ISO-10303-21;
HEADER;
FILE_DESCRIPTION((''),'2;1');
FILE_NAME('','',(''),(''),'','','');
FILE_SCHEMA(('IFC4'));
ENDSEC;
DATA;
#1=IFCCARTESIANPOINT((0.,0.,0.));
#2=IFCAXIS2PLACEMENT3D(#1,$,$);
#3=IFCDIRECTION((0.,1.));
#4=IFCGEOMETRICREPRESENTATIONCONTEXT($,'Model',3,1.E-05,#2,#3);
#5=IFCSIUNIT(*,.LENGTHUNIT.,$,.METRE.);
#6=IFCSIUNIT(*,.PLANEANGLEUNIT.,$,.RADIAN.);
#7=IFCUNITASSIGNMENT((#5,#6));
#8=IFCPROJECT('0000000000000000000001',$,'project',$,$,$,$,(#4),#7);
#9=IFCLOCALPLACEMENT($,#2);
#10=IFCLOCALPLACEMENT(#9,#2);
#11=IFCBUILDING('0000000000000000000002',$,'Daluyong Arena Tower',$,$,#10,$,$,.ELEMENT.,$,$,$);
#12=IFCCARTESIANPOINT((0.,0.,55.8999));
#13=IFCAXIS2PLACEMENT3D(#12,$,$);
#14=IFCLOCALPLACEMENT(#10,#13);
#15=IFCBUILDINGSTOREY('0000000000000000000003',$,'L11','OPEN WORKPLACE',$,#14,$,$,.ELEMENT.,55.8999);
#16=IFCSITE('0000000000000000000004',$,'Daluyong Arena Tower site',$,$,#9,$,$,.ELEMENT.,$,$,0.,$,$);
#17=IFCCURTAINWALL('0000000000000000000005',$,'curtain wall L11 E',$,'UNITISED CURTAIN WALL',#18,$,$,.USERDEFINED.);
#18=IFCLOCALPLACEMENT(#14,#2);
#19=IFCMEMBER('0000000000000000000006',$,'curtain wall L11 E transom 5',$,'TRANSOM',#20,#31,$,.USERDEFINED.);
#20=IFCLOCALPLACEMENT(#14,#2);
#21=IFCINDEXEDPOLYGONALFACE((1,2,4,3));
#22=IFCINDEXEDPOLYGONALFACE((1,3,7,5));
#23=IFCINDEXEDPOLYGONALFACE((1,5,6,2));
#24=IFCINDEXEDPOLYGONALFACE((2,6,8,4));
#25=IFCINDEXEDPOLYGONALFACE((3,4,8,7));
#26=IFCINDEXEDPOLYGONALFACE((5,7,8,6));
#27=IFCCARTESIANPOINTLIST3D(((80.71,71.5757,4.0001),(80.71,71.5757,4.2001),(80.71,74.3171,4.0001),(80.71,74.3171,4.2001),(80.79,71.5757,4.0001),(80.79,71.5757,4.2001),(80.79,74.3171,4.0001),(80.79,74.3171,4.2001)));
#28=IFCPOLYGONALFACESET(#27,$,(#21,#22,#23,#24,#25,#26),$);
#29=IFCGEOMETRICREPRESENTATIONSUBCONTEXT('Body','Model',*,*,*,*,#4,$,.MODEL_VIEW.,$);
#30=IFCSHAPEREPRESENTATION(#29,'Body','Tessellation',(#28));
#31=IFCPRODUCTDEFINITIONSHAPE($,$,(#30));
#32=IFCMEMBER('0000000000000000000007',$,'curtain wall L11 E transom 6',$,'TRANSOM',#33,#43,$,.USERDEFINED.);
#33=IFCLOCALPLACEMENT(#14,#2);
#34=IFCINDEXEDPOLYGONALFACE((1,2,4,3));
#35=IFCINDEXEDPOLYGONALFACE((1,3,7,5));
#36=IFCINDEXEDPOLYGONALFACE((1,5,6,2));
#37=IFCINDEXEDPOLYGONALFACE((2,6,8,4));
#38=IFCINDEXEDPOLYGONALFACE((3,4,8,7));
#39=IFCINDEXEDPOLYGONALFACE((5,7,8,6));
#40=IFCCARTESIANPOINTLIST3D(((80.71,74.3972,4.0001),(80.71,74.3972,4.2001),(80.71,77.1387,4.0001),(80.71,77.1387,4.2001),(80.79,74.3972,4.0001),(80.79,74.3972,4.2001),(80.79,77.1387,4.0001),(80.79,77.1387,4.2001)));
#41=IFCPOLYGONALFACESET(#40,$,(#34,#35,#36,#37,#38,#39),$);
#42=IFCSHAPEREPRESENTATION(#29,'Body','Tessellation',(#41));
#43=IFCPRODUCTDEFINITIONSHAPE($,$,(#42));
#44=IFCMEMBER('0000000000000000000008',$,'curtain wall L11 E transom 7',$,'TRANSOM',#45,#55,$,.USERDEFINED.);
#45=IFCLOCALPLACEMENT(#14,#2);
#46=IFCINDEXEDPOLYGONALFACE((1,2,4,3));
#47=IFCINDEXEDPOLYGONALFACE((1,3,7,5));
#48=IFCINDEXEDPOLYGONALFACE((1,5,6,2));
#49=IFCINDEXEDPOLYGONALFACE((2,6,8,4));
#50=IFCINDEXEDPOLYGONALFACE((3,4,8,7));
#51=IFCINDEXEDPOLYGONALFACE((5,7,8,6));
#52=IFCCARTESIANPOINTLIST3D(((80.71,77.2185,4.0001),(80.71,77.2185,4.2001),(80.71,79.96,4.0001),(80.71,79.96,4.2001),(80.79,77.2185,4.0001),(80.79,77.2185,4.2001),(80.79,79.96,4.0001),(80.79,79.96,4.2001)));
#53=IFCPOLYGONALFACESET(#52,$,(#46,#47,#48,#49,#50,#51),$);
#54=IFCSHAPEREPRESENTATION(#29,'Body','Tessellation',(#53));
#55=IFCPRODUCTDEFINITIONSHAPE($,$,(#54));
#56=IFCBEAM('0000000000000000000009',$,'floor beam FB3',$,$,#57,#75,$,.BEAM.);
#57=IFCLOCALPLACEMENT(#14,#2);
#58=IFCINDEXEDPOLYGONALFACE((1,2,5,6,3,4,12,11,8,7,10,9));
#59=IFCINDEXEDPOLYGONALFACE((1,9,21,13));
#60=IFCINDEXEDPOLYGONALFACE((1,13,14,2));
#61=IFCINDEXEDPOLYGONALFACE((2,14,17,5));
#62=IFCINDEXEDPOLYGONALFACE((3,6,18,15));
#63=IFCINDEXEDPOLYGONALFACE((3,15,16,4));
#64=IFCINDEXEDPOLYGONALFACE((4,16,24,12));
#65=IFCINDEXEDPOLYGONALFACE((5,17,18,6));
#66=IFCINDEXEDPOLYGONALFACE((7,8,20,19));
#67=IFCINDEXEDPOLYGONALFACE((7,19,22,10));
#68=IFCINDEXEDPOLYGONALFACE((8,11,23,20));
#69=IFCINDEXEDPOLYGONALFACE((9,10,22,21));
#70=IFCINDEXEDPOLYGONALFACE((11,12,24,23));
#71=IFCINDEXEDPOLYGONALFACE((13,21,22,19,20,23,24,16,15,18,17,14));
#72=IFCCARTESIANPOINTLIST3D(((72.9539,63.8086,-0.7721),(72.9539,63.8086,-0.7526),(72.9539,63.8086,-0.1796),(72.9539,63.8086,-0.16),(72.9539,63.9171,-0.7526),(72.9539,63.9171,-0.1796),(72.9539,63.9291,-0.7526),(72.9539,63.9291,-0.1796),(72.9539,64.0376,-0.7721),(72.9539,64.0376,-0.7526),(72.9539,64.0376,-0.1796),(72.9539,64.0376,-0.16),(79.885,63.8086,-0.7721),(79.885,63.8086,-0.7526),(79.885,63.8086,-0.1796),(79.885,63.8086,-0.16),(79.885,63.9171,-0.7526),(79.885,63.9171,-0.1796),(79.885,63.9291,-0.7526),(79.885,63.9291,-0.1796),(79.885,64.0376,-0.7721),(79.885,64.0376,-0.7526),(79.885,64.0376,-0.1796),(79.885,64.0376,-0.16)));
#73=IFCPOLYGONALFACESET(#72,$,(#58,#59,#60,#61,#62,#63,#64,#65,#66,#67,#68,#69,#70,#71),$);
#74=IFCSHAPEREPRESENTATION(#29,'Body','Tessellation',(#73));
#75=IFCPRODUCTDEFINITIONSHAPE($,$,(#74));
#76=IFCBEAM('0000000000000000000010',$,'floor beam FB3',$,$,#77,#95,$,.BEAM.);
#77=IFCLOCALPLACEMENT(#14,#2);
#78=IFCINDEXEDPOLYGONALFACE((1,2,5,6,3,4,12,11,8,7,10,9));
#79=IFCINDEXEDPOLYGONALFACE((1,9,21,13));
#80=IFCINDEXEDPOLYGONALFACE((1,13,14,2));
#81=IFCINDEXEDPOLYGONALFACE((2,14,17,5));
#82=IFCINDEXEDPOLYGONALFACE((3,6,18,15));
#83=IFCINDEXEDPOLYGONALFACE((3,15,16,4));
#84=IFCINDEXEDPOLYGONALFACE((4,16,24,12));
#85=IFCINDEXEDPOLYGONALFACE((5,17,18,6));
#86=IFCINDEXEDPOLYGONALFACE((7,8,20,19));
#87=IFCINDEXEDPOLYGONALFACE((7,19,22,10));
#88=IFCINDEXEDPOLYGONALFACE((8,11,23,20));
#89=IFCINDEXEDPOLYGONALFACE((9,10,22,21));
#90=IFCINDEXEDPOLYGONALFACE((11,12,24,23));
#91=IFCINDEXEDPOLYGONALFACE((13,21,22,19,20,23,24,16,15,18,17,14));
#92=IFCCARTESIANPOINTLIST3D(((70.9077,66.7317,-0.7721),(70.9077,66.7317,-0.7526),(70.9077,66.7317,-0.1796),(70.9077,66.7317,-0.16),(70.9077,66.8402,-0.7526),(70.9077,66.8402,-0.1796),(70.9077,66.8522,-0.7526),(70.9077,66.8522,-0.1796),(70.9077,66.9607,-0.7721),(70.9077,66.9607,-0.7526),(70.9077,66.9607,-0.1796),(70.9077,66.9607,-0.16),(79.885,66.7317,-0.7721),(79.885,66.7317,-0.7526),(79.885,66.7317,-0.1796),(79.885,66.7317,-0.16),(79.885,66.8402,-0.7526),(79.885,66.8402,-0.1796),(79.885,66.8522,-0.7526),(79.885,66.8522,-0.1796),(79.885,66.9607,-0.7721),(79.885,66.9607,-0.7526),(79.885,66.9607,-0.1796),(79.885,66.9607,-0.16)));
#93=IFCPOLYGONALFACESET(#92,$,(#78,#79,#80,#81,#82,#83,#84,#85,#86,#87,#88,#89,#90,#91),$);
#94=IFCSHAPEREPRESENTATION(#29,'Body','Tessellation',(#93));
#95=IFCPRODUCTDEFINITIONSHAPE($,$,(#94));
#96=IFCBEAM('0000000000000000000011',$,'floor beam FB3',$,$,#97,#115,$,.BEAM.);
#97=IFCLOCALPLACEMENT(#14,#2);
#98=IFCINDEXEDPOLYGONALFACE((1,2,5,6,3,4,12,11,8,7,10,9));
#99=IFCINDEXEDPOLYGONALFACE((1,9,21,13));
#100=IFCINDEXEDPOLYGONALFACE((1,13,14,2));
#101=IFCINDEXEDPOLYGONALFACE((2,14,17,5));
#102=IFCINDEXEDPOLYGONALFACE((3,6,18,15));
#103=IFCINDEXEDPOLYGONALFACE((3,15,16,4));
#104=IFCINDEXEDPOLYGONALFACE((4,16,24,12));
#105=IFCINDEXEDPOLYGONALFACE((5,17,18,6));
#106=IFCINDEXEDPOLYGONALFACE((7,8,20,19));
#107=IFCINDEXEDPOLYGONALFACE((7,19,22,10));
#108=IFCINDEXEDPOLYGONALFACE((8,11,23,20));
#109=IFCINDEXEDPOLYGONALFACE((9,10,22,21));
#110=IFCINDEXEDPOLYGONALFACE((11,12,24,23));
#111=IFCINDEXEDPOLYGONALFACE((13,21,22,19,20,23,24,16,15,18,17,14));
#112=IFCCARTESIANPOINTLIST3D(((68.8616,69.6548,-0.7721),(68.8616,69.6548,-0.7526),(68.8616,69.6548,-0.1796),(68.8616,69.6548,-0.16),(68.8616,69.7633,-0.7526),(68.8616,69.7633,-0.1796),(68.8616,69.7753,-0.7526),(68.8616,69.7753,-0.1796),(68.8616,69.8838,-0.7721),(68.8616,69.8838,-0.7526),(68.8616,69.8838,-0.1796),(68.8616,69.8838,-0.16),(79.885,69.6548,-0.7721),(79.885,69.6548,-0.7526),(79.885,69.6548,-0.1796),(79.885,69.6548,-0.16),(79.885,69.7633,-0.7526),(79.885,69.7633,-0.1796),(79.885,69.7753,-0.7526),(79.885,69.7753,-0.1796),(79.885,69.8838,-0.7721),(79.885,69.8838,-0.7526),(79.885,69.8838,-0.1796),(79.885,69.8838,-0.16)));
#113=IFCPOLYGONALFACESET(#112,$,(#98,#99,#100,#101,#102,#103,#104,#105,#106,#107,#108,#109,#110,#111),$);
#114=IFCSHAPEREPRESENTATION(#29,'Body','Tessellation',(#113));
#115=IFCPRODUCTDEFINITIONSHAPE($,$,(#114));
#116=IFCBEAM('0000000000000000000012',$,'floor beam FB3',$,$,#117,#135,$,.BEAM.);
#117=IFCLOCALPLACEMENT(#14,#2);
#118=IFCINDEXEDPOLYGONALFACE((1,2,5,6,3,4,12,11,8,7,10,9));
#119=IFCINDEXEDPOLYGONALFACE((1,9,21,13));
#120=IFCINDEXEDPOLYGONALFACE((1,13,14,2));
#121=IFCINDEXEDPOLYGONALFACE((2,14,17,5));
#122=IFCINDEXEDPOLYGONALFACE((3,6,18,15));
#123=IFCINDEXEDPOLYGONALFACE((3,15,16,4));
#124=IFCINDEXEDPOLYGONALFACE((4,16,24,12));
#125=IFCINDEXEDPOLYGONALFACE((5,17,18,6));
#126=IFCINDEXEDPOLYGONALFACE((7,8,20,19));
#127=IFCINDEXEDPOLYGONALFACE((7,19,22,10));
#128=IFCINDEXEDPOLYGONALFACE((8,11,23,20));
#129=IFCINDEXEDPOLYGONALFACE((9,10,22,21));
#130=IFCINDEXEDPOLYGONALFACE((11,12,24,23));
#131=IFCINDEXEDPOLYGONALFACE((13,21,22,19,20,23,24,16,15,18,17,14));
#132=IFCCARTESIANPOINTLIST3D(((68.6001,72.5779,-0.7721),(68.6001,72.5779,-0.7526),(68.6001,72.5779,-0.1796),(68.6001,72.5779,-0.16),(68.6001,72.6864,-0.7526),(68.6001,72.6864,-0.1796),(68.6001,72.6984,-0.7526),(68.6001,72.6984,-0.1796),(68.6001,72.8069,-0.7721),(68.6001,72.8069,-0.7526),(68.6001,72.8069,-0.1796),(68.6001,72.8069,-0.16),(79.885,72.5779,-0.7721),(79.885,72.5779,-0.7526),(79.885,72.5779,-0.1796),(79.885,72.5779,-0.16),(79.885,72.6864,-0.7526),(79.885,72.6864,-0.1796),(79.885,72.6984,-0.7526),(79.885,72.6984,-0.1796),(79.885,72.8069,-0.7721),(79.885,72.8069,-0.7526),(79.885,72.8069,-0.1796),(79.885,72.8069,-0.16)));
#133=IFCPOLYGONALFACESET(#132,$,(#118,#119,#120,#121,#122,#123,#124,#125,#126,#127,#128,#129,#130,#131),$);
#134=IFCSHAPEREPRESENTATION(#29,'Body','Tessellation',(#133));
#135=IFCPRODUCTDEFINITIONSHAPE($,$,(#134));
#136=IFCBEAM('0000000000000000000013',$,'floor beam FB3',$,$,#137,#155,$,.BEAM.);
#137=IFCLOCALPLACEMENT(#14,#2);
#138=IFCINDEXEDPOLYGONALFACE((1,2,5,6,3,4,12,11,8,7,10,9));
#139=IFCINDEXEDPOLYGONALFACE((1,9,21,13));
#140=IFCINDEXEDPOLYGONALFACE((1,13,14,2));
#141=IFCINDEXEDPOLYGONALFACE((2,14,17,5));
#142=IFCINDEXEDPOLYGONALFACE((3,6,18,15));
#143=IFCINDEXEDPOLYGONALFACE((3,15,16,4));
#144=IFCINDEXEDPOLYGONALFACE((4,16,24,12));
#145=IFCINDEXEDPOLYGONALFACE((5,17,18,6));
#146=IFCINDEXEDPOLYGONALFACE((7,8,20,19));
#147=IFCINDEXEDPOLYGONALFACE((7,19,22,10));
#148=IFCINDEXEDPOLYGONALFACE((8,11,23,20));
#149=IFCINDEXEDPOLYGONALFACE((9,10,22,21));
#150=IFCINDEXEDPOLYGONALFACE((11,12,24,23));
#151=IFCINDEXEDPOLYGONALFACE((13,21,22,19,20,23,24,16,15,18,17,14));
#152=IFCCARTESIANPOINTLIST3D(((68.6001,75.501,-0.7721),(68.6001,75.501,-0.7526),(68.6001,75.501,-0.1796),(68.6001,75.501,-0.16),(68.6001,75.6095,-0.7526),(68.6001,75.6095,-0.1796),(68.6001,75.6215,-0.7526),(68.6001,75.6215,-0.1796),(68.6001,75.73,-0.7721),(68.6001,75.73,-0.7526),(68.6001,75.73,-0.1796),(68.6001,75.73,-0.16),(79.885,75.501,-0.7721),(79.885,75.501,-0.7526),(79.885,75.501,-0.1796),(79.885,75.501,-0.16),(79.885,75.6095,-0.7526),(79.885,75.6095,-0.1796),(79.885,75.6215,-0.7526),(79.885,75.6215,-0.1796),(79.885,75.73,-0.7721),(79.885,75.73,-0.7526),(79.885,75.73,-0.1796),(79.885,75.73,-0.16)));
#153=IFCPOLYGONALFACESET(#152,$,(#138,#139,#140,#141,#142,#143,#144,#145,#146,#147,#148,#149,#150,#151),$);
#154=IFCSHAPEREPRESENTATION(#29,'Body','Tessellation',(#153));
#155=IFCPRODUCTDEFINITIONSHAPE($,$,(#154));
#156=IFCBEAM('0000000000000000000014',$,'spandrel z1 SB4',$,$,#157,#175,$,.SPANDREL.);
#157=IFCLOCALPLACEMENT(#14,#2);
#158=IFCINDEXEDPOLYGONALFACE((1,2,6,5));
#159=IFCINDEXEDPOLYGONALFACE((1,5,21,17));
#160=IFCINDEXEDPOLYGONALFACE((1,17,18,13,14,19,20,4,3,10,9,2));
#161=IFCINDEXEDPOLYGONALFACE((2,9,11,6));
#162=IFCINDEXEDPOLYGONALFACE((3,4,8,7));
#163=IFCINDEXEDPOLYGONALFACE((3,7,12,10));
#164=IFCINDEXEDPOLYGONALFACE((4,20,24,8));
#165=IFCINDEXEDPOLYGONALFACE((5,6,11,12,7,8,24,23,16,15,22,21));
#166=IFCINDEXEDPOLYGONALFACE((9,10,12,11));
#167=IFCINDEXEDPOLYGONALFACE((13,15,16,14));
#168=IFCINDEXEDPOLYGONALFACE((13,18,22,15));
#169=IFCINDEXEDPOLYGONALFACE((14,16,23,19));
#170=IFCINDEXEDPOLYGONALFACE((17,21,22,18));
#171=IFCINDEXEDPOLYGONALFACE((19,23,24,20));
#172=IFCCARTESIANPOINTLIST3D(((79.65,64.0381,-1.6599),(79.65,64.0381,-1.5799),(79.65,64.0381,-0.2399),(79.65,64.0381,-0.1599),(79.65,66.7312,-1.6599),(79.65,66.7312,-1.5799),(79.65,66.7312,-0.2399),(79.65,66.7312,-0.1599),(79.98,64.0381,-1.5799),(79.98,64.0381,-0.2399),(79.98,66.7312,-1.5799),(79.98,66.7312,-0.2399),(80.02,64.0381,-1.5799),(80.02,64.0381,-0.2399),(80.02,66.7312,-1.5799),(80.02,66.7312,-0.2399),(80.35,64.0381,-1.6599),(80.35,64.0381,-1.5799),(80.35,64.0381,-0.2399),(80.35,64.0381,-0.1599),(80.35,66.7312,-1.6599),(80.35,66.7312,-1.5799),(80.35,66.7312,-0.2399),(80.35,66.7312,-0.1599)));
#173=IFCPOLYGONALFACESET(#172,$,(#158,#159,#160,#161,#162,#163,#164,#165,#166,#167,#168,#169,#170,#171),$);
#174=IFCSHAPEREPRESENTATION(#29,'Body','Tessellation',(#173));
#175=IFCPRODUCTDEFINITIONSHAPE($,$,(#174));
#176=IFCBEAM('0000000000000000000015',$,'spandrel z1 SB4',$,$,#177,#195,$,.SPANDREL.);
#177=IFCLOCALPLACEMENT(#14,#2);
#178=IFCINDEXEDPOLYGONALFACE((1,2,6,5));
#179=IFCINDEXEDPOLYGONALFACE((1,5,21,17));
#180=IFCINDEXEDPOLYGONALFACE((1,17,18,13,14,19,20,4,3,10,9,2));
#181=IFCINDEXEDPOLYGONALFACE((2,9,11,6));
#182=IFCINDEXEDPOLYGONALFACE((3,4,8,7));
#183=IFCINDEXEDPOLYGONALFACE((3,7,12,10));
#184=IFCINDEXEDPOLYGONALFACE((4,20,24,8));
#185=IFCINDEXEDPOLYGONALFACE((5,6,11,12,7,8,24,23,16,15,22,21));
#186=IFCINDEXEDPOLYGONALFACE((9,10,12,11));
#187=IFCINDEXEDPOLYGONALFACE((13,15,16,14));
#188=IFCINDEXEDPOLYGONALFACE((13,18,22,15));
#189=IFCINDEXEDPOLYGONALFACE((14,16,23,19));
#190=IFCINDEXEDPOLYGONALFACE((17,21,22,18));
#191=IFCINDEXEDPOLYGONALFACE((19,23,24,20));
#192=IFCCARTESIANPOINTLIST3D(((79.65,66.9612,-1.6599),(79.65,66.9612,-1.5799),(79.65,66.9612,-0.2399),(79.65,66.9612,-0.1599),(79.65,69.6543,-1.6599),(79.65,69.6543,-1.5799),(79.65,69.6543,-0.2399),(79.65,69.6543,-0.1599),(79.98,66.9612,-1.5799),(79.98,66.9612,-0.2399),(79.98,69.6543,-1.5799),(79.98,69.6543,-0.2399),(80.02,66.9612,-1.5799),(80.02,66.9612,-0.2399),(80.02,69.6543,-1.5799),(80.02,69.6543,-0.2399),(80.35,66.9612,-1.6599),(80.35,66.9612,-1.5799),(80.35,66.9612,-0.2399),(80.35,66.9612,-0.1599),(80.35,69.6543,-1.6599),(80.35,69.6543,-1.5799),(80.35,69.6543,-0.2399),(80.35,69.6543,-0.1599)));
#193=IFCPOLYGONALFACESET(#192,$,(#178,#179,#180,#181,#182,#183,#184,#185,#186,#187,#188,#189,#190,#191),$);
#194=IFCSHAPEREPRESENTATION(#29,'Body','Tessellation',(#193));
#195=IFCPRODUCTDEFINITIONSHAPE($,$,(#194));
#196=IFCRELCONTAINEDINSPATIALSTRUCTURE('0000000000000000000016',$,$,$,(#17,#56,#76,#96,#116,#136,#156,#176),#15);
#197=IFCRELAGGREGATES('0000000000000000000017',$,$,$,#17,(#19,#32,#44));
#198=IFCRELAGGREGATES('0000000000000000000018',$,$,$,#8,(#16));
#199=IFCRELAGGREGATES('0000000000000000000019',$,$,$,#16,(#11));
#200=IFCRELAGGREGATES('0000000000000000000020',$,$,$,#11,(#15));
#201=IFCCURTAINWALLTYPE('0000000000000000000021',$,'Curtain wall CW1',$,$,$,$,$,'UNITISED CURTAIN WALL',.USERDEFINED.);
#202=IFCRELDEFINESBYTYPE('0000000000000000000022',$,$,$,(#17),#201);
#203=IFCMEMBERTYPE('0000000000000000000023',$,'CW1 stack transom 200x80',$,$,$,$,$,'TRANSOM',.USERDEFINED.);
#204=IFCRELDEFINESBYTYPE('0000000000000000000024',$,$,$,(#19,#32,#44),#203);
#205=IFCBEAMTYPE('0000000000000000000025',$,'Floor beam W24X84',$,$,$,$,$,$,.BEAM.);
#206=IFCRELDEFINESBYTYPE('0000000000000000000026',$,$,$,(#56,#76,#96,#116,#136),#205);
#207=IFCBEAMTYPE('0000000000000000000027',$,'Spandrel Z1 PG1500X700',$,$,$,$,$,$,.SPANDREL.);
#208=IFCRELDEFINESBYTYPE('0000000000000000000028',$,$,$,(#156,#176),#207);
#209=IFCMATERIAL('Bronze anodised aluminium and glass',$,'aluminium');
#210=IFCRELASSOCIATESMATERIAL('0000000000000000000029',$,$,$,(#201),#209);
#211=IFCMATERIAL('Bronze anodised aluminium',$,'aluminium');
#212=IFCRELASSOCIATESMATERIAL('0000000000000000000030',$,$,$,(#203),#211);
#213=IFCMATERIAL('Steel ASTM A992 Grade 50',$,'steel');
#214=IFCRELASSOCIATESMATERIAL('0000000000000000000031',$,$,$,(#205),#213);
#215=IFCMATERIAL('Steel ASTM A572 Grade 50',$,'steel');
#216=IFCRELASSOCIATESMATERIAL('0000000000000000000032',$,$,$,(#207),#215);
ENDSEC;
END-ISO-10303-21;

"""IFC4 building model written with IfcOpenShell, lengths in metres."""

from ifc_helpers import new_model, si_unit, direction, frame, origin, origin_2d, place, context, subcontext, project, spatial, rectangle, i_section, extrude, material, material_profile, profile_set, type_object, element, aggregate, save


model = new_model("IFC4")

# Units and contexts
model_context = context("Model", 3, precision=1e-05, world=origin(), true_north=direction((0.0, 1.0)))
body_context = subcontext(model_context, "Body", "Model", "MODEL_VIEW")
ifc_project = project(units=[si_unit("LENGTHUNIT", "METRE"), si_unit("PLANEANGLEUNIT", "RADIAN")], contexts=[model_context])

# Site, building, storey
site_placement = place(None, origin())
site = spatial("IfcSite", under=ifc_project, at=site_placement, Name="Daluyong Arena Tower site", CompositionType="ELEMENT", RefElevation=0.0)
building_placement = place(site_placement, origin())
building = spatial("IfcBuilding", under=site, at=building_placement, Name="Daluyong Arena Tower", CompositionType="ELEMENT")
storey_placement = place(building_placement, frame((0.0, 0.0, 55.8999)))
storey = spatial("IfcBuildingStorey", under=building, at=storey_placement, Name="L11", Description="OPEN WORKPLACE", CompositionType="ELEMENT", Elevation=55.8999)

# Curtain wall, members
ifc_material_1 = material(Name="Bronze anodised aluminium and glass", Category="aluminium")
curtain_wall_type = type_object("IfcCurtainWallType", Name="Curtain wall CW1", ElementType="UNITISED CURTAIN WALL", PredefinedType="USERDEFINED", material=ifc_material_1)
curtain_wall_placement = place(storey_placement, origin())
curtain_wall = element("IfcCurtainWall", 1, at=curtain_wall_placement, inside=storey, type_object=curtain_wall_type, Name="curtain wall L11 E", ObjectType="UNITISED CURTAIN WALL", PredefinedType="USERDEFINED")
ifc_material_2 = material(Name="Bronze anodised aluminium", Category="aluminium")
ifc_material_profile_1 = material_profile(ifc_material_2, rectangle(XDim=0.0801, YDim=0.2, at=origin_2d()))
ifc_profile_set_1 = profile_set([ifc_material_profile_1], Name="Bronze anodised aluminium")
member_type_1 = type_object("IfcMemberType", Name="CW1 stack transom 200x80", ElementType="TRANSOM", PredefinedType="USERDEFINED", material=ifc_profile_set_1)
member_1_placement = place(storey_placement, frame((80.75, 71.5757, 4.1001), z_axis=(0.0, 1.0, 0.0), x_axis=(-1.0, 0.0, 0.0)))
member_1 = element("IfcMember", 2, at=member_1_placement, type_object=member_type_1, Name="curtain wall L11 E transom 5", ObjectType="TRANSOM", PredefinedType="USERDEFINED", context=body_context, shape_type="SweptSolid", body=[
    extrude(rectangle(XDim=0.0801, YDim=0.2, at=origin_2d()), origin(), (0.0, 0.0, 1.0), 2.7415),
])
member_2_placement = place(storey_placement, frame((80.75, 74.3972, 4.1001), z_axis=(0.0, 1.0, 0.0), x_axis=(-1.0, 0.0, 0.0)))
member_2 = element("IfcMember", 3, at=member_2_placement, type_object=member_type_1, Name="curtain wall L11 E transom 6", ObjectType="TRANSOM", PredefinedType="USERDEFINED", context=body_context, shape_type="SweptSolid", body=[
    extrude(rectangle(XDim=0.0801, YDim=0.2, at=origin_2d()), origin(), (0.0, 0.0, 1.0), 2.7415),
])
member_3_placement = place(storey_placement, frame((80.75, 77.2185, 4.1001), z_axis=(0.0, 1.0, 0.0), x_axis=(-1.0, 0.0, 0.0)))
member_3 = element("IfcMember", 4, at=member_3_placement, type_object=member_type_1, Name="curtain wall L11 E transom 7", ObjectType="TRANSOM", PredefinedType="USERDEFINED", context=body_context, shape_type="SweptSolid", body=[
    extrude(rectangle(XDim=0.0801, YDim=0.2, at=origin_2d()), origin(), (0.0, 0.0, 1.0), 2.7415),
])

# Beams
ifc_material_3 = material(Name="Steel ASTM A992 Grade 50", Category="steel")
ifc_material_profile_2 = material_profile(ifc_material_3, i_section(OverallWidth=0.229, OverallDepth=0.6121, WebThickness=0.012, FlangeThickness=0.0195, at=origin_2d()))
ifc_profile_set_2 = profile_set([ifc_material_profile_2], Name="Steel ASTM A992 Grade 50")
beam_type_1 = type_object("IfcBeamType", Name="Floor beam W24X84", PredefinedType="BEAM", material=ifc_profile_set_2)
beam_1_placement = place(storey_placement, frame((79.885, 63.9231, -0.4661), z_axis=(-1.0, 0.0, 0.0), x_axis=(0.0, -1.0, 0.0)))
element("IfcBeam", 5, at=beam_1_placement, inside=storey, type_object=beam_type_1, Name="floor beam FB3", PredefinedType="BEAM", context=body_context, shape_type="SweptSolid", body=[
    extrude(i_section(OverallWidth=0.229, OverallDepth=0.6121, WebThickness=0.012, FlangeThickness=0.0195, at=origin_2d()), origin(), (0.0, 0.0, 1.0), 6.9312),
])
beam_2_placement = place(storey_placement, frame((79.885, 66.8462, -0.4661), z_axis=(-1.0, 0.0, 0.0), x_axis=(0.0, -1.0, 0.0)))
element("IfcBeam", 6, at=beam_2_placement, inside=storey, type_object=beam_type_1, Name="floor beam FB3", PredefinedType="BEAM", context=body_context, shape_type="SweptSolid", body=[
    extrude(i_section(OverallWidth=0.229, OverallDepth=0.6121, WebThickness=0.012, FlangeThickness=0.0195, at=origin_2d()), origin(), (0.0, 0.0, 1.0), 8.9773),
])
beam_3_placement = place(storey_placement, frame((79.885, 69.7693, -0.4661), z_axis=(-1.0, 0.0, 0.0), x_axis=(0.0, -1.0, 0.0)))
element("IfcBeam", 7, at=beam_3_placement, inside=storey, type_object=beam_type_1, Name="floor beam FB3", PredefinedType="BEAM", context=body_context, shape_type="SweptSolid", body=[
    extrude(i_section(OverallWidth=0.229, OverallDepth=0.6121, WebThickness=0.012, FlangeThickness=0.0195, at=origin_2d()), origin(), (0.0, 0.0, 1.0), 11.0234),
])
for number, where, z_axis, x_axis, name in (
    (8, (79.885, 72.6924, -0.4661), (-1.0, 0.0, 0.0), (0.0, -1.0, 0.0), "floor beam FB3"),
    (9, (79.885, 75.6155, -0.4661), (-1.0, 0.0, 0.0), (0.0, -1.0, 0.0), "floor beam FB3"),
):
    element("IfcBeam", number, at=place(storey_placement, frame(where, z_axis=z_axis, x_axis=x_axis)), inside=storey, type_object=beam_type_1, Name=name, PredefinedType="BEAM", context=body_context, shape_type="SweptSolid", body=[
        extrude(i_section(OverallWidth=0.229, OverallDepth=0.6121, WebThickness=0.012, FlangeThickness=0.0195, at=origin_2d()), origin(), (0.0, 0.0, 1.0), 11.2849),
    ])
ifc_material_4 = material(Name="Steel ASTM A572 Grade 50", Category="steel")
ifc_material_profile_3 = material_profile(ifc_material_4, i_section(OverallWidth=0.7, OverallDepth=1.5, WebThickness=0.04, FlangeThickness=0.08, at=origin_2d()))
ifc_profile_set_3 = profile_set([ifc_material_profile_3], Name="Steel ASTM A572 Grade 50")
beam_type_2 = type_object("IfcBeamType", Name="Spandrel Z1 PG1500X700", PredefinedType="SPANDREL", material=ifc_profile_set_3)
for number, where, z_axis, x_axis, name in (
    (10, (80.0, 64.0381, -0.9099), (0.0, 1.0, 0.0), (-1.0, 0.0, 0.0), "spandrel z1 SB4"),
    (11, (80.0, 66.9612, -0.9099), (0.0, 1.0, 0.0), (-1.0, 0.0, 0.0), "spandrel z1 SB4"),
):
    element("IfcBeam", number, at=place(storey_placement, frame(where, z_axis=z_axis, x_axis=x_axis)), inside=storey, type_object=beam_type_2, Name=name, PredefinedType="SPANDREL", context=body_context, shape_type="SweptSolid", body=[
        extrude(i_section(OverallWidth=0.7, OverallDepth=1.5, WebThickness=0.04, FlangeThickness=0.08, at=origin_2d()), origin(), (0.0, 0.0, 1.0), 2.6931),
    ])

aggregate(curtain_wall, [member_1, member_2, member_3])

save(model, "model.ifc")
